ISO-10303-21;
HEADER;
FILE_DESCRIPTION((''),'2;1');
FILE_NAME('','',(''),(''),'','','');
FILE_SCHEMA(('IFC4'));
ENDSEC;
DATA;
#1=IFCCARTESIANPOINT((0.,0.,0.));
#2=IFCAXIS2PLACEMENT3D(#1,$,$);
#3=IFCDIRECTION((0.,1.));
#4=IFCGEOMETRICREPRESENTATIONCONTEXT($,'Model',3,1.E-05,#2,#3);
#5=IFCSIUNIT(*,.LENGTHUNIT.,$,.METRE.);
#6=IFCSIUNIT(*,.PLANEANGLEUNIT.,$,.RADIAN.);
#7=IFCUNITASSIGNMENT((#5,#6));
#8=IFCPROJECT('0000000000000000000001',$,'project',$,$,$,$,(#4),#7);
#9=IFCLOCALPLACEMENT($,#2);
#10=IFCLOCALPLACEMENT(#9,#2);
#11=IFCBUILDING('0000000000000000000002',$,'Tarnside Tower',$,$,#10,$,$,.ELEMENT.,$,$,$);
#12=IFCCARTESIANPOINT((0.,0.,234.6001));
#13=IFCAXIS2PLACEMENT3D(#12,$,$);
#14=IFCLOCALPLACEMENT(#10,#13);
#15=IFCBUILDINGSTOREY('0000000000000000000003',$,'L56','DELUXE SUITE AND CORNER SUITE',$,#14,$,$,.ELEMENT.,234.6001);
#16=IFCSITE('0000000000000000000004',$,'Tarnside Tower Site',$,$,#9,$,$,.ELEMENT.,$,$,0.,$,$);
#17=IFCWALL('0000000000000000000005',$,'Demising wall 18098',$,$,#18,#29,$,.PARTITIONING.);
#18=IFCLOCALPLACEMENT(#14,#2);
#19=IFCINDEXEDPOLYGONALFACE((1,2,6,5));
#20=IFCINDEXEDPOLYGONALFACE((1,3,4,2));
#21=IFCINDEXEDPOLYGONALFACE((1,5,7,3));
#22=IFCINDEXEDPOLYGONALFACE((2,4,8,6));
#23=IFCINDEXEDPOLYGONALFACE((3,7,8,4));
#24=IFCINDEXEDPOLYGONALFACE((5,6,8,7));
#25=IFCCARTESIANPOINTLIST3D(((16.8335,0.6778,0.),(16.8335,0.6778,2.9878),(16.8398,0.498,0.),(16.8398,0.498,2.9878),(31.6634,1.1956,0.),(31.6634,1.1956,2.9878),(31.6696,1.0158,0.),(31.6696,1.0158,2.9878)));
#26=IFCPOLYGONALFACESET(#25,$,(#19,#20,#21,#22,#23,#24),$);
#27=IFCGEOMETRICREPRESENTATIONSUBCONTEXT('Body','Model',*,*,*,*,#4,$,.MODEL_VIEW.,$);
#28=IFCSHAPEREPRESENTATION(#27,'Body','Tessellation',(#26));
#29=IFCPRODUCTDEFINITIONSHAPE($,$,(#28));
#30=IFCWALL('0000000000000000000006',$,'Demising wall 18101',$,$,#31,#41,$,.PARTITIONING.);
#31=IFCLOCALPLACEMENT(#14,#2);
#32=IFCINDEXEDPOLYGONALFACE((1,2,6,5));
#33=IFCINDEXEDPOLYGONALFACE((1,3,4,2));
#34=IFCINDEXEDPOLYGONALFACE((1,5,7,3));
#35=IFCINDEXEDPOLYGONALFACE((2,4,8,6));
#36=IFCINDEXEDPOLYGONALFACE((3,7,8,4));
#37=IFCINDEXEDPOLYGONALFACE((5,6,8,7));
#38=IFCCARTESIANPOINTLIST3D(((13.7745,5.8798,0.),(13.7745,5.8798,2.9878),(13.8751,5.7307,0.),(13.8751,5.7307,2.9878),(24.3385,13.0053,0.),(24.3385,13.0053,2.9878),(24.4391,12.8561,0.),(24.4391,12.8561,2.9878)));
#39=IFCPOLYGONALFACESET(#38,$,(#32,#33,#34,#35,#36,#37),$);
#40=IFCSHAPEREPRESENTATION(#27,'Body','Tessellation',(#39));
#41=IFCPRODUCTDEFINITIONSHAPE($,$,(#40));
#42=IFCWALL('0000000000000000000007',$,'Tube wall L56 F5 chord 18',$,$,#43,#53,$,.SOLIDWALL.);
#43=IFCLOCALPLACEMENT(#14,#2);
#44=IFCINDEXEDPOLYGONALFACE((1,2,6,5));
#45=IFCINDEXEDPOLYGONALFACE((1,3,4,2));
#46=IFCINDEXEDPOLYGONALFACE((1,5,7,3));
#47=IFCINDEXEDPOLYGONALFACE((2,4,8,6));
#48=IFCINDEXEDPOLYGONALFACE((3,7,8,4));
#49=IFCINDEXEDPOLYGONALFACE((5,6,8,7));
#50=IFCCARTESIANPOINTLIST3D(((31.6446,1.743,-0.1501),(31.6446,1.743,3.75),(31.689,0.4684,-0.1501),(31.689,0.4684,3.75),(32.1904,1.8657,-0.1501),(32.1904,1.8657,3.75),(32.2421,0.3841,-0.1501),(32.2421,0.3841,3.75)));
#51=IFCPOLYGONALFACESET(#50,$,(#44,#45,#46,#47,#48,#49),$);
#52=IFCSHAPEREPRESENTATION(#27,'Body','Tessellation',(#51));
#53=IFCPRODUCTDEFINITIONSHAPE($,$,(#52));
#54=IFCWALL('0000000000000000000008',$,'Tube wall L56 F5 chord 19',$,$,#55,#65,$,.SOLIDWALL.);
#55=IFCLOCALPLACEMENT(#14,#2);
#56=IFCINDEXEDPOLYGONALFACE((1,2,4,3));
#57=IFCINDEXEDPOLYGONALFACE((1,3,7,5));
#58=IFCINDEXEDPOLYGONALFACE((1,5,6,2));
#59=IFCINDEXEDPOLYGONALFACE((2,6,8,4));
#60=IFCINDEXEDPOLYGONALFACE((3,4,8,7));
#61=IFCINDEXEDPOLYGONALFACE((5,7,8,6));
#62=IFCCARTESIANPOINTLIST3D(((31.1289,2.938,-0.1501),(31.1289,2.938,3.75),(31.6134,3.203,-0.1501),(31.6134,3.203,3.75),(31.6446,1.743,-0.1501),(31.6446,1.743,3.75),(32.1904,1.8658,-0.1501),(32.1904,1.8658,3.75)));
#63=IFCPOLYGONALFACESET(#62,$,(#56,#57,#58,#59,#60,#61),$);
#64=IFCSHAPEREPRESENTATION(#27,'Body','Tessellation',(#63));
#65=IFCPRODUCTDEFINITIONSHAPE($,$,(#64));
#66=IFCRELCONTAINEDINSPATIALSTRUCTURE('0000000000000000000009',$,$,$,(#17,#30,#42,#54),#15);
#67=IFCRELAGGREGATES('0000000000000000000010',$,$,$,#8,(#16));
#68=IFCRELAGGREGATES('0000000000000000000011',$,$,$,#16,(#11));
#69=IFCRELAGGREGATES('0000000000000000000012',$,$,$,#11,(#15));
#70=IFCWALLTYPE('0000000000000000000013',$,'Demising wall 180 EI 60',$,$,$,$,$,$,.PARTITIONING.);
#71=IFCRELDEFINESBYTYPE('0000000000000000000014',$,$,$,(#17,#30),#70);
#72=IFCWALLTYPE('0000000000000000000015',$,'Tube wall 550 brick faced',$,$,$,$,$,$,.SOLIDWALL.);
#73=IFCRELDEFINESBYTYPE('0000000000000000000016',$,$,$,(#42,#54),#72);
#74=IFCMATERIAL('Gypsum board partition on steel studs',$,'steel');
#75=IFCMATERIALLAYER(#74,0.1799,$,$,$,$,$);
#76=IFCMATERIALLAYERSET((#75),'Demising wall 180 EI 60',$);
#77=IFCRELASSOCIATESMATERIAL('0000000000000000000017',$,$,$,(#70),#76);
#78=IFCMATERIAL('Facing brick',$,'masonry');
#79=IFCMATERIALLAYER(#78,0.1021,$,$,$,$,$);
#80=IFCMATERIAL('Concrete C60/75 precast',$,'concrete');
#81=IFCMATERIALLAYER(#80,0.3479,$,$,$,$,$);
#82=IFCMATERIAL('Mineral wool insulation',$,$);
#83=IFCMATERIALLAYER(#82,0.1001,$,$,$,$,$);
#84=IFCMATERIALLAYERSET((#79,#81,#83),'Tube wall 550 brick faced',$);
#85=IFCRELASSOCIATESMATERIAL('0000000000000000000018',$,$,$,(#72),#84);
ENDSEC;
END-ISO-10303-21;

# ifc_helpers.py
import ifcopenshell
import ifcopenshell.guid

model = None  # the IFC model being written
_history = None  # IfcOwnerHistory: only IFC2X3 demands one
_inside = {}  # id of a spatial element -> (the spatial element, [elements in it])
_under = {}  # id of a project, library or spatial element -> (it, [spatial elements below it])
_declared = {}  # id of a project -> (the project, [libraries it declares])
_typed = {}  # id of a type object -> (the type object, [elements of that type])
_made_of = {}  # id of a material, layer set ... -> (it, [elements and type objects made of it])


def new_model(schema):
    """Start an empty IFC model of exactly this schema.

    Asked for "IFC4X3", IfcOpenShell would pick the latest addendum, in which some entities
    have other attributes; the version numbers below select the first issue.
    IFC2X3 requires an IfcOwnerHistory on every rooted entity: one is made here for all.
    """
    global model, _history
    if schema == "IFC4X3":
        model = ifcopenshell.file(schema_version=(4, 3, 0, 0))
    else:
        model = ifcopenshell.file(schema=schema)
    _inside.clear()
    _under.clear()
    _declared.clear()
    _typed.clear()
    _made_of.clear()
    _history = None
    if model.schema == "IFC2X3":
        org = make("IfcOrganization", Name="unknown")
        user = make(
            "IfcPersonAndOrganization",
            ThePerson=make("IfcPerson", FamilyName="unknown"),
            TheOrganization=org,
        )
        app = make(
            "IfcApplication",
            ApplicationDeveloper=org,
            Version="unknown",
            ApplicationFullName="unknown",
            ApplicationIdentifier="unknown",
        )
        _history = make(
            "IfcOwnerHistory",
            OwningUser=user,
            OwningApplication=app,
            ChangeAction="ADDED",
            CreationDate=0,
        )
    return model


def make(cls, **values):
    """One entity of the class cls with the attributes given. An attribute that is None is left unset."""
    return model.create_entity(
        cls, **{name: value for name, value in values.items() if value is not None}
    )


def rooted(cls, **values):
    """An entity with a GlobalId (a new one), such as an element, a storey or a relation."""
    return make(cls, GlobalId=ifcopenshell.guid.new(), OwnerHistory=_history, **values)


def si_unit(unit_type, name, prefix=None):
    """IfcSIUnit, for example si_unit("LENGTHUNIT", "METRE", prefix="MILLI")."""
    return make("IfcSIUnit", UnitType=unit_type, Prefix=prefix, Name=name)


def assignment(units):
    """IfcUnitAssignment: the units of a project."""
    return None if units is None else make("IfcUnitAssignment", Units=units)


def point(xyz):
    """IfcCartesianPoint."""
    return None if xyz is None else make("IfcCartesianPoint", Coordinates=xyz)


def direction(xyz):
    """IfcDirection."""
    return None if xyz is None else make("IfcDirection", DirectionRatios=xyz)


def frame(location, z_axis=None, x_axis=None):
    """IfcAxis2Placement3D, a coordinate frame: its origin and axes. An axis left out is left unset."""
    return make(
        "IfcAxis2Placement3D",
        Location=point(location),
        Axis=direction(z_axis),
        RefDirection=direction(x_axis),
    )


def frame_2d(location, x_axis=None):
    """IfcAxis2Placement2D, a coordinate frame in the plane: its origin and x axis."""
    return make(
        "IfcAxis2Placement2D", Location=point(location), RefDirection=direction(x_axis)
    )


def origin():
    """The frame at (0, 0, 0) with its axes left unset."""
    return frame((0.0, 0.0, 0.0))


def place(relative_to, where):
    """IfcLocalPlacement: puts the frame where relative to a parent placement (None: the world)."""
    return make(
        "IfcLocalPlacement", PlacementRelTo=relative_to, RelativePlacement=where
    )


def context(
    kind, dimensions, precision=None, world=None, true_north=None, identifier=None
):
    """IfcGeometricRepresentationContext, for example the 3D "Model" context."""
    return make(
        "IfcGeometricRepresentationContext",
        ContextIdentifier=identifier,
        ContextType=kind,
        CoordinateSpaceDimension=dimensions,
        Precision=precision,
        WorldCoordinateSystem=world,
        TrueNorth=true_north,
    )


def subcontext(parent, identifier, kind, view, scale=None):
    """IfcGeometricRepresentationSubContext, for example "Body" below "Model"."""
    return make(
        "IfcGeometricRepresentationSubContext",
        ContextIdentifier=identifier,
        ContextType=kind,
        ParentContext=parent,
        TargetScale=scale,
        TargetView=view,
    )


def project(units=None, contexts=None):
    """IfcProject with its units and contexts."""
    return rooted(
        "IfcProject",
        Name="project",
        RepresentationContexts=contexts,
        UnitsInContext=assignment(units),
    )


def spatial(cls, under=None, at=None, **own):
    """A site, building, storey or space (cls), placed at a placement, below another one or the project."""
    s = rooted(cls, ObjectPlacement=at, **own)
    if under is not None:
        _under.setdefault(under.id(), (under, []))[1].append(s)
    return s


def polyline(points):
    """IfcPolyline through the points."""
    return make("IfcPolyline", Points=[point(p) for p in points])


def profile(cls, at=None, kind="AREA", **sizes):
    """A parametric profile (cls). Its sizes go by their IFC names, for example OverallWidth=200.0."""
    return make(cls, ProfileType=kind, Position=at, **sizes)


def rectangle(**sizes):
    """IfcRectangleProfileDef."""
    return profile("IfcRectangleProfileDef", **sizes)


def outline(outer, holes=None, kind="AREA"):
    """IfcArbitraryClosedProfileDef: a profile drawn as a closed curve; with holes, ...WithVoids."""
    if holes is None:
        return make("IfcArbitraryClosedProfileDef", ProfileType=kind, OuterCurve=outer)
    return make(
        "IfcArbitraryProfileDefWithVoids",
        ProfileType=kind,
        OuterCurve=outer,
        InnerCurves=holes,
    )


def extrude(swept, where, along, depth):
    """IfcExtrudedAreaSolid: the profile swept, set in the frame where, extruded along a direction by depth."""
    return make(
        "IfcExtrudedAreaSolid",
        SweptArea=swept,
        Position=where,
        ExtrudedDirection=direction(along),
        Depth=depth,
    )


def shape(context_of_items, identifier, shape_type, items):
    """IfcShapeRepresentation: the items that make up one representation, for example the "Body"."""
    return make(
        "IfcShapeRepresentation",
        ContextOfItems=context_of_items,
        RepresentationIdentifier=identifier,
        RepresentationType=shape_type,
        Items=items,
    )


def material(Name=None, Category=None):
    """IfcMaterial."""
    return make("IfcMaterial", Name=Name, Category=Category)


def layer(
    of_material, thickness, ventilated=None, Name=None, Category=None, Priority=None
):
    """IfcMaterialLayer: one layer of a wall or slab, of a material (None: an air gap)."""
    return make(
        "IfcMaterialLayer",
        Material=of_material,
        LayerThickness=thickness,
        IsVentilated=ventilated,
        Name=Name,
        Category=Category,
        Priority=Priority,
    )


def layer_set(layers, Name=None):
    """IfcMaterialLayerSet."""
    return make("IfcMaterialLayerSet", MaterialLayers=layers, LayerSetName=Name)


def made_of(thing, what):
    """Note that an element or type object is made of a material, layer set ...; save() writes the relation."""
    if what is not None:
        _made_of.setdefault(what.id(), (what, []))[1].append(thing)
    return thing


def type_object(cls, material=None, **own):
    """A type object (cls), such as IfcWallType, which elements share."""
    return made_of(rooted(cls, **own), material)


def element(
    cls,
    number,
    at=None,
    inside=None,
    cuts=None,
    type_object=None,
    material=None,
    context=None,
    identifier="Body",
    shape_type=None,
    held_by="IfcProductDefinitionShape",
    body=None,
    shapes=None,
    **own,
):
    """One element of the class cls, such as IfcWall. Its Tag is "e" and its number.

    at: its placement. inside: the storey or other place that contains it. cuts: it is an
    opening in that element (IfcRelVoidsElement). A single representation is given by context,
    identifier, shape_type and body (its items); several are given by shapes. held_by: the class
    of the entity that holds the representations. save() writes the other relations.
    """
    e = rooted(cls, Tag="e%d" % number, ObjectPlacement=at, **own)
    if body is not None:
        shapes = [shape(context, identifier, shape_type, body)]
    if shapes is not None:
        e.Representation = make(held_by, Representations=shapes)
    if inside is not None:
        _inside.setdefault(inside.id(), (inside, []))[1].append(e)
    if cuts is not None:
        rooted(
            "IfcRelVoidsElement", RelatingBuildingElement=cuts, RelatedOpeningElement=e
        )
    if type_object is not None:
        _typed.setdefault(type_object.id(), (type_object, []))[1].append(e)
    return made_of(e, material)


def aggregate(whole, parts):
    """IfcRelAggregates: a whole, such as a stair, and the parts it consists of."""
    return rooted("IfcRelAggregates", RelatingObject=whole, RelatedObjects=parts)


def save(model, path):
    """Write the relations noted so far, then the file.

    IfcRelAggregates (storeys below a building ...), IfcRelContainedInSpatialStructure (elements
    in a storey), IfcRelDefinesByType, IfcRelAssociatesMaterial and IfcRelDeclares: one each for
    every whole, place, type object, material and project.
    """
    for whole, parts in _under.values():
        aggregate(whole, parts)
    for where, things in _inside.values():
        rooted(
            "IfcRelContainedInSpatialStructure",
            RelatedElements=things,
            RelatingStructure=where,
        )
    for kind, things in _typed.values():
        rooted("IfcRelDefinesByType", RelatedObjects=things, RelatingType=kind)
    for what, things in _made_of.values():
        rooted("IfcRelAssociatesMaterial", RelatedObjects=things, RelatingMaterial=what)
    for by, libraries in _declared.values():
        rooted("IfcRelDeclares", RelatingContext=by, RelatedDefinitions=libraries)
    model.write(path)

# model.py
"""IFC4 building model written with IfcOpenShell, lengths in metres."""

from ifc_helpers import new_model, si_unit, direction, frame, frame_2d, origin, place, context, subcontext, project, spatial, polyline, rectangle, outline, extrude, material, layer, layer_set, type_object, element, save


model = new_model("IFC4")

# Units and contexts
model_context = context("Model", 3, precision=1e-05, world=origin(), true_north=direction((0.0, 1.0)))
body_context = subcontext(model_context, "Body", "Model", "MODEL_VIEW")
ifc_project = project(units=[si_unit("LENGTHUNIT", "METRE"), si_unit("PLANEANGLEUNIT", "RADIAN")], contexts=[model_context])

# Site, building, storey
site_placement = place(None, origin())
site = spatial("IfcSite", under=ifc_project, at=site_placement, Name="Tarnside Tower Site", CompositionType="ELEMENT", RefElevation=0.0)
building_placement = place(site_placement, origin())
building = spatial("IfcBuilding", under=site, at=building_placement, Name="Tarnside Tower", CompositionType="ELEMENT")
storey_placement = place(building_placement, frame((0.0, 0.0, 234.6001)))
storey = spatial("IfcBuildingStorey", under=building, at=storey_placement, Name="L56", Description="DELUXE SUITE AND CORNER SUITE", CompositionType="ELEMENT", Elevation=234.6001)

# Shared definitions
ifc_material_1 = material(Name="Gypsum board partition on steel studs", Category="steel")

# Walls
ifc_layer_1 = layer(ifc_material_1, 0.1799)
ifc_layer_set_1 = layer_set([ifc_layer_1], Name="Demising wall 180 EI 60")
wall_type_1 = type_object("IfcWallType", Name="Demising wall 180 EI 60", PredefinedType="PARTITIONING", material=ifc_layer_set_1)
wall_1_placement = place(storey_placement, frame((31.6665, 1.1057, 0.0), z_axis=(0.0, 0.0, 1.0), x_axis=(-0.999391, -0.034896, 0.0)))
element("IfcWall", 1, at=wall_1_placement, inside=storey, type_object=wall_type_1, Name="Demising wall 18098", PredefinedType="PARTITIONING", context=body_context, shape_type="SweptSolid", body=[
    extrude(rectangle(XDim=14.8389, YDim=0.1799, at=frame_2d((7.4194, 0.0))), origin(), (0.0, 0.0, 1.0), 2.9878),
])
wall_2_placement = place(storey_placement, frame((24.3887, 12.9307, 0.0), z_axis=(0.0, 0.0, 1.0), x_axis=(-0.829037, -0.559193, 0.0)))
element("IfcWall", 2, at=wall_2_placement, inside=storey, type_object=wall_type_1, Name="Demising wall 18101", PredefinedType="PARTITIONING", context=body_context, shape_type="SweptSolid", body=[
    extrude(rectangle(XDim=12.7424, YDim=0.1799, at=frame_2d((6.3711, 0.0))), origin(), (0.0, 0.0, 1.0), 2.9878),
])
ifc_material_2 = material(Name="Facing brick", Category="masonry")
ifc_layer_2 = layer(ifc_material_2, 0.1021)
ifc_material_3 = material(Name="Concrete C60/75 precast", Category="concrete")
ifc_layer_3 = layer(ifc_material_3, 0.3479)
ifc_material_4 = material(Name="Mineral wool insulation")
ifc_layer_4 = layer(ifc_material_4, 0.1001)
ifc_layer_set_2 = layer_set([ifc_layer_2, ifc_layer_3, ifc_layer_4], Name="Tube wall 550 brick faced")
wall_type_2 = type_object("IfcWallType", Name="Tube wall 550 brick faced", PredefinedType="SOLIDWALL", material=ifc_layer_set_2)
wall_3_placement = place(storey_placement, frame((31.9656, 0.4263, -0.1501), z_axis=(0.0, 0.0, 1.0), x_axis=(-0.034877, 0.999392, 0.0)))
element("IfcWall", 3, at=wall_3_placement, inside=storey, type_object=wall_type_2, Name="Tube wall L56 F5 chord 18", PredefinedType="SOLIDWALL", context=body_context, shape_type="SweptSolid", body=[
    extrude(outline(polyline([(-0.0518, -0.2749), (1.4307, -0.2749), (1.3271, 0.2749), (0.0518, 0.2749), (-0.0518, -0.2749)])), origin(), (0.0, 0.0, 1.0), 3.9001),
])
wall_4_placement = place(storey_placement, frame((31.9175, 1.8044, -0.1501), z_axis=(0.0, 0.0, 1.0), x_axis=(-0.396226, 0.918153, 0.0)))
element("IfcWall", 4, at=wall_4_placement, inside=storey, type_object=wall_type_2, Name="Tube wall L56 F5 chord 19", PredefinedType="SOLIDWALL", context=body_context, shape_type="SweptSolid", body=[
    extrude(outline(polyline([(-0.0518, -0.2749), (1.4045, -0.2749), (1.3533, 0.2749), (0.0518, 0.2749), (-0.0518, -0.2749)])), origin(), (0.0, 0.0, 1.0), 3.9001),
])

save(model, "model.ifc")
